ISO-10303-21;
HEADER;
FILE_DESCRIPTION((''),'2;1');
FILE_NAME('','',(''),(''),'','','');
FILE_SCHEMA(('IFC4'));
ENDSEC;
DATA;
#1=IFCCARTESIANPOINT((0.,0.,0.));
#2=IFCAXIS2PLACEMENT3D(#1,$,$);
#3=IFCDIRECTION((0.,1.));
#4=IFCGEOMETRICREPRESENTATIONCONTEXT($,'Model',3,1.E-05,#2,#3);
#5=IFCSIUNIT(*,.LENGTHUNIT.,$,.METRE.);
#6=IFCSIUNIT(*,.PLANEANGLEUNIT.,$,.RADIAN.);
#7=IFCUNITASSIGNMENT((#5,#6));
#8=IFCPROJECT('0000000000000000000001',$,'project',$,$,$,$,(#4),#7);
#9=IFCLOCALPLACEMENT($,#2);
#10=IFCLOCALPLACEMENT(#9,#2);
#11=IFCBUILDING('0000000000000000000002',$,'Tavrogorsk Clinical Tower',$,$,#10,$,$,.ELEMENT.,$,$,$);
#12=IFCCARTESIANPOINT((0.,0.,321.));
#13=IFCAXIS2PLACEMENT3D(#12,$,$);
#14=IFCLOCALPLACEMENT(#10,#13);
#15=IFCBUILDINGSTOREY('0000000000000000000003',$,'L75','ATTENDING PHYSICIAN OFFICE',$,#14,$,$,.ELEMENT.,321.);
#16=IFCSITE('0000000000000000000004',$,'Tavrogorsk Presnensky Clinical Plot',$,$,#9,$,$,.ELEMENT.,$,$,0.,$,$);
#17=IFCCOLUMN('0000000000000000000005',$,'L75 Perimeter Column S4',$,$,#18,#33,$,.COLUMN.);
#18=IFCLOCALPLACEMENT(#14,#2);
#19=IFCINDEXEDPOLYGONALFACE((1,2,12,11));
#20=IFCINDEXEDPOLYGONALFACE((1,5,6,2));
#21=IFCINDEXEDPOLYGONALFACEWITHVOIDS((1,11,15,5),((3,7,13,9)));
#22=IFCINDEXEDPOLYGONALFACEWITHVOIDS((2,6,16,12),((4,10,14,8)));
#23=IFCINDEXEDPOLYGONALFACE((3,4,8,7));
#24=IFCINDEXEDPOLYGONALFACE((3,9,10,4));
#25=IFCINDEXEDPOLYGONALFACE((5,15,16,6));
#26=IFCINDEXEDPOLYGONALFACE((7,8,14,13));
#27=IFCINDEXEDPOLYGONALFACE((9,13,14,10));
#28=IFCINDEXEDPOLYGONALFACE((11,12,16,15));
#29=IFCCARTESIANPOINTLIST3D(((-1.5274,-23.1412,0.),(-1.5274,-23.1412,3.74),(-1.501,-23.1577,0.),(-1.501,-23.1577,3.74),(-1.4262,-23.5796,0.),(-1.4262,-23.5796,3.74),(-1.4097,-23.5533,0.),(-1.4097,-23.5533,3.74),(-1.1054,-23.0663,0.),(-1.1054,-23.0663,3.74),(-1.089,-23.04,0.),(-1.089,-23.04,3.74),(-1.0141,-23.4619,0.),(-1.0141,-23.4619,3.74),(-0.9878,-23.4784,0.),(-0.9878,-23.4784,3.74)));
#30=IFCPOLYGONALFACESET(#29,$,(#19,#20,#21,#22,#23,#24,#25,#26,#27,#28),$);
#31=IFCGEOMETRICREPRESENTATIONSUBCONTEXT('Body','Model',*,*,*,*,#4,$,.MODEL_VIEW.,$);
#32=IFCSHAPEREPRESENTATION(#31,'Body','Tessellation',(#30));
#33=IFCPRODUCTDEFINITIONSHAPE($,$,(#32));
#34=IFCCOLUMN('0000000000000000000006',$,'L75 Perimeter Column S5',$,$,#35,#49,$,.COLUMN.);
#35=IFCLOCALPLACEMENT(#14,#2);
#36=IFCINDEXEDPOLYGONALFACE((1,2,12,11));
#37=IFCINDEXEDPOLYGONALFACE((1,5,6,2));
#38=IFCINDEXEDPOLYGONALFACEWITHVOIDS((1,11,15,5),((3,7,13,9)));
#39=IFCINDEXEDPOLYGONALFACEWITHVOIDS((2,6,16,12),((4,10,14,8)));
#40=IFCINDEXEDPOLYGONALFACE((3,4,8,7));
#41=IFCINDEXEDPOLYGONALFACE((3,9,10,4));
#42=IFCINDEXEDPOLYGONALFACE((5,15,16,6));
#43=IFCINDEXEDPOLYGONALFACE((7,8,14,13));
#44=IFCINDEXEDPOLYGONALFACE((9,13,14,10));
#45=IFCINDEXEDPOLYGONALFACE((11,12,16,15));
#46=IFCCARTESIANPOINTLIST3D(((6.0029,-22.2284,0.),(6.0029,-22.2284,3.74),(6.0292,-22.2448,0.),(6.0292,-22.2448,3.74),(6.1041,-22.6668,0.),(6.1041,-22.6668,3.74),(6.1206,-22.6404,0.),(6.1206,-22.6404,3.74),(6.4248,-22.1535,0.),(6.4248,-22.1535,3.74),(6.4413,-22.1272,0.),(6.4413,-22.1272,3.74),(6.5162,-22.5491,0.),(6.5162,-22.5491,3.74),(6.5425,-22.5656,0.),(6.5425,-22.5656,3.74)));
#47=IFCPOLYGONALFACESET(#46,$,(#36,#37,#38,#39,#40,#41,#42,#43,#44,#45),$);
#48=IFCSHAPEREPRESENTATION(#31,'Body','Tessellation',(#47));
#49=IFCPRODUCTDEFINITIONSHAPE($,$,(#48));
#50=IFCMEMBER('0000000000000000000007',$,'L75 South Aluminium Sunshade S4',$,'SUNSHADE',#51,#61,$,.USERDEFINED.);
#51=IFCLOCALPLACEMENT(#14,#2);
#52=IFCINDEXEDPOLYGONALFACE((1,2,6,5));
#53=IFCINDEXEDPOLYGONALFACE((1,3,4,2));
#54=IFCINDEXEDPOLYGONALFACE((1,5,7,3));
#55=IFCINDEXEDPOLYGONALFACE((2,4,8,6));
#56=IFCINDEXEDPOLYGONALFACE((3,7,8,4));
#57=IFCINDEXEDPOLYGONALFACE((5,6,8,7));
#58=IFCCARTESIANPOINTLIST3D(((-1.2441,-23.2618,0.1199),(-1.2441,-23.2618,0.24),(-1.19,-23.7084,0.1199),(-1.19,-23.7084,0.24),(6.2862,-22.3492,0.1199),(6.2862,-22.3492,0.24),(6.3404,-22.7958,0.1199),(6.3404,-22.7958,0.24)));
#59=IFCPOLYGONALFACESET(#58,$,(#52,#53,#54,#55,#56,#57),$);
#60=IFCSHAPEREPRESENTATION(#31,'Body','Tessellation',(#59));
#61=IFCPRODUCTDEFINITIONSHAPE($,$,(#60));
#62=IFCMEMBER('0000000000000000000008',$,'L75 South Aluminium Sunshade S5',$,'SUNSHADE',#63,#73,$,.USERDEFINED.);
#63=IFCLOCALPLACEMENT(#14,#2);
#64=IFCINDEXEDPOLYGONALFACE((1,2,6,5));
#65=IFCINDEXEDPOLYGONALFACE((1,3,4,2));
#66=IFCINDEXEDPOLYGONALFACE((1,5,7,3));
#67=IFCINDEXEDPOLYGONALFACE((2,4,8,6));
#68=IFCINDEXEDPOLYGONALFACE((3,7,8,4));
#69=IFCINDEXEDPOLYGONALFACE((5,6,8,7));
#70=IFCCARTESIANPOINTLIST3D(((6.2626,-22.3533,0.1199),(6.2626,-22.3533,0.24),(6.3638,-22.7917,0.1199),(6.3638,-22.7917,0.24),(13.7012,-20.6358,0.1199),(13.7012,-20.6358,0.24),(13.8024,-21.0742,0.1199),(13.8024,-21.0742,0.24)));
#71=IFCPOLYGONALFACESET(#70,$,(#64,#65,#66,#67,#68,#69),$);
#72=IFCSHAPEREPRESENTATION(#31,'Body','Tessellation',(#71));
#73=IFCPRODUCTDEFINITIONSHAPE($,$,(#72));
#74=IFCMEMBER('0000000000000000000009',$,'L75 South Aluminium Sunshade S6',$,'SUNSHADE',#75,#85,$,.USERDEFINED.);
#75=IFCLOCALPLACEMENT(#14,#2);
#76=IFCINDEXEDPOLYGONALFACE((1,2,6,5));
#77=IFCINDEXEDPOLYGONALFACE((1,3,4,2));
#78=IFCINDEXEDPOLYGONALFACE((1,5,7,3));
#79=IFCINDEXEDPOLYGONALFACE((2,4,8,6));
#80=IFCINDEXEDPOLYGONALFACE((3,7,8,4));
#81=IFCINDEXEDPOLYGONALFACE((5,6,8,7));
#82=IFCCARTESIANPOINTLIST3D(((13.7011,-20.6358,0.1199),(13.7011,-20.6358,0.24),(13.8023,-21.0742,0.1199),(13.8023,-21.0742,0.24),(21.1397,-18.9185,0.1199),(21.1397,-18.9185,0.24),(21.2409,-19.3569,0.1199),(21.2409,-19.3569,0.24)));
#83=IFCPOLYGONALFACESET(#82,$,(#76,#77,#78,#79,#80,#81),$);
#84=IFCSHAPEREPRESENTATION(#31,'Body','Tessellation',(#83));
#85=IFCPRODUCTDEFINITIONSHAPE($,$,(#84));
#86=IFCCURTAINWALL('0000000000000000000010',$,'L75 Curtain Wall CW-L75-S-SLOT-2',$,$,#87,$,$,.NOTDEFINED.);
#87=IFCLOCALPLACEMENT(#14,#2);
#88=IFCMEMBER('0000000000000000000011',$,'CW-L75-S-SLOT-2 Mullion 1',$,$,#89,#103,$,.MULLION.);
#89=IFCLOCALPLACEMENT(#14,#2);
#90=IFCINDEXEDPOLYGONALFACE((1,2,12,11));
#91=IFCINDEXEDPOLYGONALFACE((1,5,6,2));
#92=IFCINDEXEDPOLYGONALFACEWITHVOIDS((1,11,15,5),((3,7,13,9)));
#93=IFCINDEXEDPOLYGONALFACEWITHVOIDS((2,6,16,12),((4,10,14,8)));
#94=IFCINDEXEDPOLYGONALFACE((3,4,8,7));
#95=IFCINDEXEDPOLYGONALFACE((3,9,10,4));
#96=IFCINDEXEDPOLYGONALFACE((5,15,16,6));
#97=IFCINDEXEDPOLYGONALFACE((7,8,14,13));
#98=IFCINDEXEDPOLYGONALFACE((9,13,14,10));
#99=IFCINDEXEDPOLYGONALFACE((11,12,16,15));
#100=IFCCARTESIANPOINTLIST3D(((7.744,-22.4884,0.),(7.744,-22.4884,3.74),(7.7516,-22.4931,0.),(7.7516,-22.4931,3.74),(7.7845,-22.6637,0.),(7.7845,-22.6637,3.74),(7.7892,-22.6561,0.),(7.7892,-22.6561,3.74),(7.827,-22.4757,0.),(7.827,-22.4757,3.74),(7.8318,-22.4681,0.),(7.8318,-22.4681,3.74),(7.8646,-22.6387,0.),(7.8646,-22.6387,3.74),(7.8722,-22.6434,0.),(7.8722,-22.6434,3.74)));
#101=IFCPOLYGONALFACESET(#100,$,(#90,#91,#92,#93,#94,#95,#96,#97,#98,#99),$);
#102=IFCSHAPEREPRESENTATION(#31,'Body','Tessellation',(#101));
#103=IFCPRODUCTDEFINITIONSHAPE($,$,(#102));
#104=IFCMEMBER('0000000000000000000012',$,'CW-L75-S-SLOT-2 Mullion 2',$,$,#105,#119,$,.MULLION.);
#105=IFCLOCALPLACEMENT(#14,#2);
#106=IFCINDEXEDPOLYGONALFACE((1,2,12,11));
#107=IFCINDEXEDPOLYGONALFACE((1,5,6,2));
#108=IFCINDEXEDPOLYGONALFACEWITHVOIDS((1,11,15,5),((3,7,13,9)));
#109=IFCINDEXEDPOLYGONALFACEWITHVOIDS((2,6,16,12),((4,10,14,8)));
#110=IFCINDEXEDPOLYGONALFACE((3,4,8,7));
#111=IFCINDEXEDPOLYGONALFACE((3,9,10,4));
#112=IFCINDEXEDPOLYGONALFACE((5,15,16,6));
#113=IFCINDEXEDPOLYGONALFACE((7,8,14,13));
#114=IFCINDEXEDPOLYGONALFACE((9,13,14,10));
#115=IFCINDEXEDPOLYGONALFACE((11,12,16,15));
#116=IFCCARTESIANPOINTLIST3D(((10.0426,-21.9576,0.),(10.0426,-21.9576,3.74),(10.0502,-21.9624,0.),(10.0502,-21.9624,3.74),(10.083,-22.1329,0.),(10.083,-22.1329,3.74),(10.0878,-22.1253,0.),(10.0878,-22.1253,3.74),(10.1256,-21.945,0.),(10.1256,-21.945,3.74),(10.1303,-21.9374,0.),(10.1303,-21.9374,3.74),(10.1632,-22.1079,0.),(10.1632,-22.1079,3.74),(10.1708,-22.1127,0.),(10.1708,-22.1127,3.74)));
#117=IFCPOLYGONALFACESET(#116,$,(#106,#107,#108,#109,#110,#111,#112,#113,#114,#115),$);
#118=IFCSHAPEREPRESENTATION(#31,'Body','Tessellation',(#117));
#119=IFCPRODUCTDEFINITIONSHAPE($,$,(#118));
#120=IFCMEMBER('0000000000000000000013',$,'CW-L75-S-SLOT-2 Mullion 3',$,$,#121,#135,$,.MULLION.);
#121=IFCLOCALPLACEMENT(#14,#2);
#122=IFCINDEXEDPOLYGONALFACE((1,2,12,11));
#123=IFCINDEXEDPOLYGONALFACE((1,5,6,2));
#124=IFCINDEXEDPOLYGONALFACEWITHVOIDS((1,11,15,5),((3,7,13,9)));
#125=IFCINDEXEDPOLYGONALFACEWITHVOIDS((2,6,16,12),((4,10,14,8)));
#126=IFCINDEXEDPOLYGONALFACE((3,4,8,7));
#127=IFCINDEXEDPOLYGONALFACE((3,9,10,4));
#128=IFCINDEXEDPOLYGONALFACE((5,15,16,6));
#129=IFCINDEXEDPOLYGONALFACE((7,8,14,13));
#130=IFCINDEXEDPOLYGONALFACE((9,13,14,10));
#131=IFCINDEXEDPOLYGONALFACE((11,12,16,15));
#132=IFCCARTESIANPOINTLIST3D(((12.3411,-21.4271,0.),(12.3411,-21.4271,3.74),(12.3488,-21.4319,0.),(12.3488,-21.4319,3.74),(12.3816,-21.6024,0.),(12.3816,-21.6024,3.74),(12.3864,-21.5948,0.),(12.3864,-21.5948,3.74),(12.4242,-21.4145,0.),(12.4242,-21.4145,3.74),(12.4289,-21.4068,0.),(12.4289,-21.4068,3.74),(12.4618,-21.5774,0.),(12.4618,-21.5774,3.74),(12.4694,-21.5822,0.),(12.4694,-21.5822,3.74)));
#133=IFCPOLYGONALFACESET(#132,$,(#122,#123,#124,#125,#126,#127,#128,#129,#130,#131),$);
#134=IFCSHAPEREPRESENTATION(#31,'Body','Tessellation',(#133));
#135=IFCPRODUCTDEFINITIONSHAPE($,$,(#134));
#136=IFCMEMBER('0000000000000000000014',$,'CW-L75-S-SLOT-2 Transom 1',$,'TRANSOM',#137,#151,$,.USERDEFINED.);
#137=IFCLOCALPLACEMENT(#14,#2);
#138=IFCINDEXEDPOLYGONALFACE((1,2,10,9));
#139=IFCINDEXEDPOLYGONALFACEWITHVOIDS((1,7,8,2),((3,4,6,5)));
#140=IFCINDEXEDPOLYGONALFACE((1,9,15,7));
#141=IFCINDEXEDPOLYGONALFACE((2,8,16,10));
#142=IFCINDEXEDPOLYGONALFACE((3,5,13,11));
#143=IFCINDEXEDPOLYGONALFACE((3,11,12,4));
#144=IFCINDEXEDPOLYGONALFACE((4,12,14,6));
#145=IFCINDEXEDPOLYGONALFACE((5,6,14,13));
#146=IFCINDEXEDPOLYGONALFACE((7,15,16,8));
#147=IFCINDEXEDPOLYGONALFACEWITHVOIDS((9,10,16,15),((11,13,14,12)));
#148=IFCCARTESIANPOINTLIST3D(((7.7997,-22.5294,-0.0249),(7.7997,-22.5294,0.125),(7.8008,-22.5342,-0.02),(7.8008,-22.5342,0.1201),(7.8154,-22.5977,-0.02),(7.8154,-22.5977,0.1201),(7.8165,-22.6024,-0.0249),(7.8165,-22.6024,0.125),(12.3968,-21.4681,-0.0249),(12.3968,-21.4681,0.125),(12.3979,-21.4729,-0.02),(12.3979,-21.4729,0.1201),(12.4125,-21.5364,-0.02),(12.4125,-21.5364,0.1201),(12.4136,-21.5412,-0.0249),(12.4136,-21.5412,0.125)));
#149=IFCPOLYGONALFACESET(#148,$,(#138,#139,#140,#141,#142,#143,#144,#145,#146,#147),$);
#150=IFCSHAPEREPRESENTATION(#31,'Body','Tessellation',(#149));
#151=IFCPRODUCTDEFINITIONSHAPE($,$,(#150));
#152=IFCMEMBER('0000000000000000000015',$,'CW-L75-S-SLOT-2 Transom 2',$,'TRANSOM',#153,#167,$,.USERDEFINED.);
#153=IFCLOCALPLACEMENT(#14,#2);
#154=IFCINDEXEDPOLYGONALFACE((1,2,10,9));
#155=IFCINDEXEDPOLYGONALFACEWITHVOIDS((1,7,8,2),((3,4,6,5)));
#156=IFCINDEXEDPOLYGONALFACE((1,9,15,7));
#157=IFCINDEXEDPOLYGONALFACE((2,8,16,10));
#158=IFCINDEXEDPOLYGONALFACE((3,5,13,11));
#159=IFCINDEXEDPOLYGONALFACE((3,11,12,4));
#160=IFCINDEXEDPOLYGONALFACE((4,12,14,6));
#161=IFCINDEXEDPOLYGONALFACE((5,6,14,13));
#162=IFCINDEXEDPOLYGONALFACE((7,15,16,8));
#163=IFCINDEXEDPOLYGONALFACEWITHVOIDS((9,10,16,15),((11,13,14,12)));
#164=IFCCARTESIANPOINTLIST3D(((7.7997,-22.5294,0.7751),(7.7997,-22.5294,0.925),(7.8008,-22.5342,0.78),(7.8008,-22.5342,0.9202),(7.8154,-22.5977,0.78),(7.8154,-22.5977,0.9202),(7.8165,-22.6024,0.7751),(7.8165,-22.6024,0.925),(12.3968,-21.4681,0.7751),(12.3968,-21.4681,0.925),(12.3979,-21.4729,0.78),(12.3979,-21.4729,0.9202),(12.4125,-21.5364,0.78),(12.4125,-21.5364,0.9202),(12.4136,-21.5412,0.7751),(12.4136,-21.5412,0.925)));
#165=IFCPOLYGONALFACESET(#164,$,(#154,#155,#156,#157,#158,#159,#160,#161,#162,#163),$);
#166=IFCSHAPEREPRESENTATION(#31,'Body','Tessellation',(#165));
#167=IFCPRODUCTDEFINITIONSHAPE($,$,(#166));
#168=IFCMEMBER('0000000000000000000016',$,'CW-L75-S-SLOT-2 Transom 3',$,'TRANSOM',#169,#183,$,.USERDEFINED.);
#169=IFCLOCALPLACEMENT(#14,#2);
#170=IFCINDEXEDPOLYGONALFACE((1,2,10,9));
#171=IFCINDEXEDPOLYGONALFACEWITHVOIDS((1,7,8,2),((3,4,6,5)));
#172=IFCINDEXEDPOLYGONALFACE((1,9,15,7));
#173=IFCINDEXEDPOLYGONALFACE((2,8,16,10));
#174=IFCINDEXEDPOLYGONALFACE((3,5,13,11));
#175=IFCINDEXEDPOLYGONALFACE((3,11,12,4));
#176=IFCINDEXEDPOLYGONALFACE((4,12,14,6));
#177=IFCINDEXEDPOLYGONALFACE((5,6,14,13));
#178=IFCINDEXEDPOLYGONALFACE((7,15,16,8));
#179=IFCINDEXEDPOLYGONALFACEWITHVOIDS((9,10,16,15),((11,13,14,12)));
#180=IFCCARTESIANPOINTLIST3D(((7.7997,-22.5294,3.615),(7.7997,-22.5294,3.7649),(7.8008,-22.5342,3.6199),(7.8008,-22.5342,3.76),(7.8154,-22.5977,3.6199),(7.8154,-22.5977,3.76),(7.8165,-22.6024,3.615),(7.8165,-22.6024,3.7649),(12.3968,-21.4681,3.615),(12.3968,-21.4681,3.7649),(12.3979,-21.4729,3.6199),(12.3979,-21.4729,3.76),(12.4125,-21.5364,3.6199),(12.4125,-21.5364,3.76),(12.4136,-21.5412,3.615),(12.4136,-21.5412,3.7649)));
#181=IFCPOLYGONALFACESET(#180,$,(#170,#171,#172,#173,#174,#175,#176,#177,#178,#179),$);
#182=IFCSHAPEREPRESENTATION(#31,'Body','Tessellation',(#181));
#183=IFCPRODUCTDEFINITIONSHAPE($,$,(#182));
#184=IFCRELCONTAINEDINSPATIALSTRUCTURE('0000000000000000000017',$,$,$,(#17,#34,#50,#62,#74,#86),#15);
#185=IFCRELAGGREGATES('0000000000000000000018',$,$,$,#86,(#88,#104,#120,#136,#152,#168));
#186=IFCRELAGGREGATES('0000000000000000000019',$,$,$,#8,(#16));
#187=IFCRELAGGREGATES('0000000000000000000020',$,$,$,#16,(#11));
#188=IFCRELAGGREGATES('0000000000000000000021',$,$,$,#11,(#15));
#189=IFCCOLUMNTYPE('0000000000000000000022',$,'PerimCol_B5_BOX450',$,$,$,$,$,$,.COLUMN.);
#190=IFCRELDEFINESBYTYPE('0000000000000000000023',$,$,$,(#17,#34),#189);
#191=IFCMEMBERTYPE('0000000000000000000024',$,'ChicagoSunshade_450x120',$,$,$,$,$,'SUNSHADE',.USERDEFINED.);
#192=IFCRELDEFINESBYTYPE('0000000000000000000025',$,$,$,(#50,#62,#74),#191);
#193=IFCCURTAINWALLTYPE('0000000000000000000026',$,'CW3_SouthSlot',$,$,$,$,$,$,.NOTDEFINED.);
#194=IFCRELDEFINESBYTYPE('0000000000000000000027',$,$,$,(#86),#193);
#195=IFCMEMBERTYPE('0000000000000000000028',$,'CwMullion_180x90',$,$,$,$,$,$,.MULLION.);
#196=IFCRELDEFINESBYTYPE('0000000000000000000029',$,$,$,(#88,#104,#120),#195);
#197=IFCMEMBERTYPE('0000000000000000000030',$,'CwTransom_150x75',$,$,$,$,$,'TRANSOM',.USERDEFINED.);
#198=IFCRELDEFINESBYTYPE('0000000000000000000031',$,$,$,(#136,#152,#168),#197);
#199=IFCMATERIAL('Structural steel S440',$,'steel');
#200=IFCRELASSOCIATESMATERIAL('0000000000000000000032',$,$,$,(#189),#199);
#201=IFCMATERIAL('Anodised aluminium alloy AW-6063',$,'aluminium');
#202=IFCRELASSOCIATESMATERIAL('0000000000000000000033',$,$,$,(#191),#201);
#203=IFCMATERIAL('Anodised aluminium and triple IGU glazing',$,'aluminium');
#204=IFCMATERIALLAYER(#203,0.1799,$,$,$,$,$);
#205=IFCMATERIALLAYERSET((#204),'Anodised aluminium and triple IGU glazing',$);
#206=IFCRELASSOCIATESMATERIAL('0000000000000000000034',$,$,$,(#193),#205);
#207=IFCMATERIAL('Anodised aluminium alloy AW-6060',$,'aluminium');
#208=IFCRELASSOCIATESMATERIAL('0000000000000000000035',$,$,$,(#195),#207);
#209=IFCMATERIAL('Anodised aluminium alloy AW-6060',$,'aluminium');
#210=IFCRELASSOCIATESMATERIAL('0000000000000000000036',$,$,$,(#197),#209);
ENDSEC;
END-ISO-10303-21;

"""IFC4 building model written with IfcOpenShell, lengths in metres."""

from ifc_helpers import new_model, si_unit, direction, frame, origin, origin_2d, place, context, subcontext, project, spatial, rectangle, hollow_rectangle, extrude, material, layer, layer_set, material_profile, profile_set, type_object, element, aggregate, save


model = new_model("IFC4")

# Units and contexts
model_context = context("Model", 3, precision=1e-05, world=origin(), true_north=direction((0.0, 1.0)))
body_context = subcontext(model_context, "Body", "Model", "MODEL_VIEW")
ifc_project = project(units=[si_unit("LENGTHUNIT", "METRE"), si_unit("PLANEANGLEUNIT", "RADIAN")], contexts=[model_context])

# Site, building, storey
site_placement = place(None, origin())
site = spatial("IfcSite", under=ifc_project, at=site_placement, Name="Tavrogorsk Presnensky Clinical Plot", CompositionType="ELEMENT", RefElevation=0.0)
building_placement = place(site_placement, origin())
building = spatial("IfcBuilding", under=site, at=building_placement, Name="Tavrogorsk Clinical Tower", CompositionType="ELEMENT")
storey_placement = place(building_placement, frame((0.0, 0.0, 321.0)))
storey = spatial("IfcBuildingStorey", under=building, at=storey_placement, Name="L75", Description="ATTENDING PHYSICIAN OFFICE", CompositionType="ELEMENT", Elevation=321.0)

# Columns
ifc_material_1 = material(Name="Structural steel S440", Category="steel")
ifc_material_profile_1 = material_profile(ifc_material_1, hollow_rectangle(XDim=0.45, YDim=0.45, WallThickness=0.022, at=origin_2d()), Name="BOX-450x450x22")
ifc_profile_set_1 = profile_set([ifc_material_profile_1], Name="Structural steel S440")
column_type = type_object("IfcColumnType", Name="PerimCol_B5_BOX450", PredefinedType="COLUMN", material=ifc_profile_set_1)
for number, where, z_axis, x_axis, name in (
    (1, (-1.2576, -23.3098, 0.0), (0.0, 0.0, 1.0), (0.97437, 0.224951, 0.0), "L75 Perimeter Column S4"),
    (2, (6.2727, -22.397, 0.0), (0.0, 0.0, 1.0), (0.97437, 0.224951, 0.0), "L75 Perimeter Column S5"),
):
    element("IfcColumn", number, at=place(storey_placement, frame(where, z_axis=z_axis, x_axis=x_axis)), inside=storey, type_object=column_type, Name=name, PredefinedType="COLUMN", context=body_context, shape_type="SweptSolid", body=[
        extrude(hollow_rectangle(XDim=0.45, YDim=0.45, WallThickness=0.022, at=origin_2d()), origin(), (0.0, 0.0, 1.0), 3.74),
    ])

# Members
ifc_material_2 = material(Name="Anodised aluminium alloy AW-6063", Category="aluminium")
ifc_material_profile_2 = material_profile(ifc_material_2, rectangle(XDim=0.45, YDim=0.1201, at=origin_2d()), Name="ALU-SUNSHADE-450x120")
ifc_profile_set_2 = profile_set([ifc_material_profile_2], Name="Anodised aluminium alloy AW-6063")
member_type_1 = type_object("IfcMemberType", Name="ChicagoSunshade_450x120", ElementType="SUNSHADE", PredefinedType="USERDEFINED", material=ifc_profile_set_2)
member_1_placement = place(storey_placement, frame((-1.217, -23.4851, 0.1799), z_axis=(0.992736, 0.12031, 0.0), x_axis=(-0.12031, 0.992736, 0.0)))
element("IfcMember", 3, at=member_1_placement, inside=storey, type_object=member_type_1, Name="L75 South Aluminium Sunshade S4", ObjectType="SUNSHADE", PredefinedType="USERDEFINED", context=body_context, shape_type="SweptSolid", body=[
    extrude(rectangle(XDim=0.45, YDim=0.1201, at=origin_2d()), origin(), (0.0, 0.0, 1.0), 7.5854),
])
for number, where, z_axis, x_axis, name in (
    (4, (6.3132, -22.5725, 0.1799), (0.974364, 0.224979, 0.0), (-0.224979, 0.974364, 0.0), "L75 South Aluminium Sunshade S5"),
    (5, (13.7517, -20.855, 0.1799), (0.974372, 0.224941, 0.0), (-0.224941, 0.974372, 0.0), "L75 South Aluminium Sunshade S6"),
):
    element("IfcMember", number, at=place(storey_placement, frame(where, z_axis=z_axis, x_axis=x_axis)), inside=storey, type_object=member_type_1, Name=name, ObjectType="SUNSHADE", PredefinedType="USERDEFINED", context=body_context, shape_type="SweptSolid", body=[
        extrude(rectangle(XDim=0.45, YDim=0.1201, at=origin_2d()), origin(), (0.0, 0.0, 1.0), 7.6343),
    ])

# Curtain wall, members
ifc_material_3 = material(Name="Anodised aluminium and triple IGU glazing", Category="aluminium")
ifc_layer_1 = layer(ifc_material_3, 0.1799)
ifc_layer_set_1 = layer_set([ifc_layer_1], Name="Anodised aluminium and triple IGU glazing")
curtain_wall_type = type_object("IfcCurtainWallType", Name="CW3_SouthSlot", PredefinedType="NOTDEFINED", material=ifc_layer_set_1)
curtain_wall_placement = place(storey_placement, origin())
curtain_wall = element("IfcCurtainWall", 6, at=curtain_wall_placement, inside=storey, type_object=curtain_wall_type, Name="L75 Curtain Wall CW-L75-S-SLOT-2", PredefinedType="NOTDEFINED")
ifc_material_4 = material(Name="Anodised aluminium alloy AW-6060", Category="aluminium")
ifc_material_profile_3 = material_profile(ifc_material_4, hollow_rectangle(XDim=0.0901, YDim=0.1799, WallThickness=0.0063, at=origin_2d()), Name="RHS-180x90x6.3")
ifc_profile_set_3 = profile_set([ifc_material_profile_3], Name="Anodised aluminium alloy AW-6060")
member_type_2 = type_object("IfcMemberType", Name="CwMullion_180x90", PredefinedType="MULLION", material=ifc_profile_set_3)
member_2_placement = place(storey_placement, frame((7.8081, -22.5659, 0.0), z_axis=(0.0, 0.0, 1.0), x_axis=(0.97437, 0.224951, 0.0)))
member_2 = element("IfcMember", 7, at=member_2_placement, type_object=member_type_2, Name="CW-L75-S-SLOT-2 Mullion 1", PredefinedType="MULLION", context=body_context, shape_type="SweptSolid", body=[
    extrude(hollow_rectangle(XDim=0.0901, YDim=0.1799, WallThickness=0.0063, at=origin_2d()), origin(), (0.0, 0.0, 1.0), 3.74),
])
member_3_placement = place(storey_placement, frame((10.1067, -22.0352, 0.0), z_axis=(0.0, 0.0, 1.0), x_axis=(0.97437, 0.224951, 0.0)))
member_3 = element("IfcMember", 8, at=member_3_placement, type_object=member_type_2, Name="CW-L75-S-SLOT-2 Mullion 2", PredefinedType="MULLION", context=body_context, shape_type="SweptSolid", body=[
    extrude(hollow_rectangle(XDim=0.0901, YDim=0.1799, WallThickness=0.0063, at=origin_2d()), origin(), (0.0, 0.0, 1.0), 3.74),
])
member_4_placement = place(storey_placement, frame((12.4053, -21.5046, 0.0), z_axis=(0.0, 0.0, 1.0), x_axis=(0.97437, 0.224951, 0.0)))
member_4 = element("IfcMember", 9, at=member_4_placement, type_object=member_type_2, Name="CW-L75-S-SLOT-2 Mullion 3", PredefinedType="MULLION", context=body_context, shape_type="SweptSolid", body=[
    extrude(hollow_rectangle(XDim=0.0901, YDim=0.1799, WallThickness=0.0063, at=origin_2d()), origin(), (0.0, 0.0, 1.0), 3.74),
])
ifc_material_5 = material(Name="Anodised aluminium alloy AW-6060", Category="aluminium")
ifc_material_profile_4 = material_profile(ifc_material_5, hollow_rectangle(XDim=0.075, YDim=0.1499, WallThickness=0.0049, at=origin_2d()), Name="RHS-150x75x5")
ifc_profile_set_4 = profile_set([ifc_material_profile_4], Name="Anodised aluminium alloy AW-6060")
member_type_3 = type_object("IfcMemberType", Name="CwTransom_150x75", ElementType="TRANSOM", PredefinedType="USERDEFINED", material=ifc_profile_set_4)
member_5_placement = place(storey_placement, frame((7.8081, -22.5659, 0.05), z_axis=(0.974373, 0.224939, 0.0), x_axis=(-0.224939, 0.974373, 0.0)))
member_5 = element("IfcMember", 10, at=member_5_placement, type_object=member_type_3, Name="CW-L75-S-SLOT-2 Transom 1", ObjectType="TRANSOM", PredefinedType="USERDEFINED", context=body_context, shape_type="SweptSolid", body=[
    extrude(hollow_rectangle(XDim=0.075, YDim=0.1499, WallThickness=0.0049, at=origin_2d()), origin(), (0.0, 0.0, 1.0), 4.718),
])
member_6_placement = place(storey_placement, frame((7.8081, -22.5659, 0.8501), z_axis=(0.974373, 0.224939, 0.0), x_axis=(-0.224939, 0.974373, 0.0)))
member_6 = element("IfcMember", 11, at=member_6_placement, type_object=member_type_3, Name="CW-L75-S-SLOT-2 Transom 2", ObjectType="TRANSOM", PredefinedType="USERDEFINED", context=body_context, shape_type="SweptSolid", body=[
    extrude(hollow_rectangle(XDim=0.075, YDim=0.1499, WallThickness=0.0049, at=origin_2d()), origin(), (0.0, 0.0, 1.0), 4.718),
])
member_7_placement = place(storey_placement, frame((7.8081, -22.5659, 3.6899), z_axis=(0.974373, 0.224939, 0.0), x_axis=(-0.224939, 0.974373, 0.0)))
member_7 = element("IfcMember", 12, at=member_7_placement, type_object=member_type_3, Name="CW-L75-S-SLOT-2 Transom 3", ObjectType="TRANSOM", PredefinedType="USERDEFINED", context=body_context, shape_type="SweptSolid", body=[
    extrude(hollow_rectangle(XDim=0.075, YDim=0.1499, WallThickness=0.0049, at=origin_2d()), origin(), (0.0, 0.0, 1.0), 4.718),
])

aggregate(curtain_wall, [member_2, member_3, member_4, member_5, member_6, member_7])

save(model, "model.ifc")
